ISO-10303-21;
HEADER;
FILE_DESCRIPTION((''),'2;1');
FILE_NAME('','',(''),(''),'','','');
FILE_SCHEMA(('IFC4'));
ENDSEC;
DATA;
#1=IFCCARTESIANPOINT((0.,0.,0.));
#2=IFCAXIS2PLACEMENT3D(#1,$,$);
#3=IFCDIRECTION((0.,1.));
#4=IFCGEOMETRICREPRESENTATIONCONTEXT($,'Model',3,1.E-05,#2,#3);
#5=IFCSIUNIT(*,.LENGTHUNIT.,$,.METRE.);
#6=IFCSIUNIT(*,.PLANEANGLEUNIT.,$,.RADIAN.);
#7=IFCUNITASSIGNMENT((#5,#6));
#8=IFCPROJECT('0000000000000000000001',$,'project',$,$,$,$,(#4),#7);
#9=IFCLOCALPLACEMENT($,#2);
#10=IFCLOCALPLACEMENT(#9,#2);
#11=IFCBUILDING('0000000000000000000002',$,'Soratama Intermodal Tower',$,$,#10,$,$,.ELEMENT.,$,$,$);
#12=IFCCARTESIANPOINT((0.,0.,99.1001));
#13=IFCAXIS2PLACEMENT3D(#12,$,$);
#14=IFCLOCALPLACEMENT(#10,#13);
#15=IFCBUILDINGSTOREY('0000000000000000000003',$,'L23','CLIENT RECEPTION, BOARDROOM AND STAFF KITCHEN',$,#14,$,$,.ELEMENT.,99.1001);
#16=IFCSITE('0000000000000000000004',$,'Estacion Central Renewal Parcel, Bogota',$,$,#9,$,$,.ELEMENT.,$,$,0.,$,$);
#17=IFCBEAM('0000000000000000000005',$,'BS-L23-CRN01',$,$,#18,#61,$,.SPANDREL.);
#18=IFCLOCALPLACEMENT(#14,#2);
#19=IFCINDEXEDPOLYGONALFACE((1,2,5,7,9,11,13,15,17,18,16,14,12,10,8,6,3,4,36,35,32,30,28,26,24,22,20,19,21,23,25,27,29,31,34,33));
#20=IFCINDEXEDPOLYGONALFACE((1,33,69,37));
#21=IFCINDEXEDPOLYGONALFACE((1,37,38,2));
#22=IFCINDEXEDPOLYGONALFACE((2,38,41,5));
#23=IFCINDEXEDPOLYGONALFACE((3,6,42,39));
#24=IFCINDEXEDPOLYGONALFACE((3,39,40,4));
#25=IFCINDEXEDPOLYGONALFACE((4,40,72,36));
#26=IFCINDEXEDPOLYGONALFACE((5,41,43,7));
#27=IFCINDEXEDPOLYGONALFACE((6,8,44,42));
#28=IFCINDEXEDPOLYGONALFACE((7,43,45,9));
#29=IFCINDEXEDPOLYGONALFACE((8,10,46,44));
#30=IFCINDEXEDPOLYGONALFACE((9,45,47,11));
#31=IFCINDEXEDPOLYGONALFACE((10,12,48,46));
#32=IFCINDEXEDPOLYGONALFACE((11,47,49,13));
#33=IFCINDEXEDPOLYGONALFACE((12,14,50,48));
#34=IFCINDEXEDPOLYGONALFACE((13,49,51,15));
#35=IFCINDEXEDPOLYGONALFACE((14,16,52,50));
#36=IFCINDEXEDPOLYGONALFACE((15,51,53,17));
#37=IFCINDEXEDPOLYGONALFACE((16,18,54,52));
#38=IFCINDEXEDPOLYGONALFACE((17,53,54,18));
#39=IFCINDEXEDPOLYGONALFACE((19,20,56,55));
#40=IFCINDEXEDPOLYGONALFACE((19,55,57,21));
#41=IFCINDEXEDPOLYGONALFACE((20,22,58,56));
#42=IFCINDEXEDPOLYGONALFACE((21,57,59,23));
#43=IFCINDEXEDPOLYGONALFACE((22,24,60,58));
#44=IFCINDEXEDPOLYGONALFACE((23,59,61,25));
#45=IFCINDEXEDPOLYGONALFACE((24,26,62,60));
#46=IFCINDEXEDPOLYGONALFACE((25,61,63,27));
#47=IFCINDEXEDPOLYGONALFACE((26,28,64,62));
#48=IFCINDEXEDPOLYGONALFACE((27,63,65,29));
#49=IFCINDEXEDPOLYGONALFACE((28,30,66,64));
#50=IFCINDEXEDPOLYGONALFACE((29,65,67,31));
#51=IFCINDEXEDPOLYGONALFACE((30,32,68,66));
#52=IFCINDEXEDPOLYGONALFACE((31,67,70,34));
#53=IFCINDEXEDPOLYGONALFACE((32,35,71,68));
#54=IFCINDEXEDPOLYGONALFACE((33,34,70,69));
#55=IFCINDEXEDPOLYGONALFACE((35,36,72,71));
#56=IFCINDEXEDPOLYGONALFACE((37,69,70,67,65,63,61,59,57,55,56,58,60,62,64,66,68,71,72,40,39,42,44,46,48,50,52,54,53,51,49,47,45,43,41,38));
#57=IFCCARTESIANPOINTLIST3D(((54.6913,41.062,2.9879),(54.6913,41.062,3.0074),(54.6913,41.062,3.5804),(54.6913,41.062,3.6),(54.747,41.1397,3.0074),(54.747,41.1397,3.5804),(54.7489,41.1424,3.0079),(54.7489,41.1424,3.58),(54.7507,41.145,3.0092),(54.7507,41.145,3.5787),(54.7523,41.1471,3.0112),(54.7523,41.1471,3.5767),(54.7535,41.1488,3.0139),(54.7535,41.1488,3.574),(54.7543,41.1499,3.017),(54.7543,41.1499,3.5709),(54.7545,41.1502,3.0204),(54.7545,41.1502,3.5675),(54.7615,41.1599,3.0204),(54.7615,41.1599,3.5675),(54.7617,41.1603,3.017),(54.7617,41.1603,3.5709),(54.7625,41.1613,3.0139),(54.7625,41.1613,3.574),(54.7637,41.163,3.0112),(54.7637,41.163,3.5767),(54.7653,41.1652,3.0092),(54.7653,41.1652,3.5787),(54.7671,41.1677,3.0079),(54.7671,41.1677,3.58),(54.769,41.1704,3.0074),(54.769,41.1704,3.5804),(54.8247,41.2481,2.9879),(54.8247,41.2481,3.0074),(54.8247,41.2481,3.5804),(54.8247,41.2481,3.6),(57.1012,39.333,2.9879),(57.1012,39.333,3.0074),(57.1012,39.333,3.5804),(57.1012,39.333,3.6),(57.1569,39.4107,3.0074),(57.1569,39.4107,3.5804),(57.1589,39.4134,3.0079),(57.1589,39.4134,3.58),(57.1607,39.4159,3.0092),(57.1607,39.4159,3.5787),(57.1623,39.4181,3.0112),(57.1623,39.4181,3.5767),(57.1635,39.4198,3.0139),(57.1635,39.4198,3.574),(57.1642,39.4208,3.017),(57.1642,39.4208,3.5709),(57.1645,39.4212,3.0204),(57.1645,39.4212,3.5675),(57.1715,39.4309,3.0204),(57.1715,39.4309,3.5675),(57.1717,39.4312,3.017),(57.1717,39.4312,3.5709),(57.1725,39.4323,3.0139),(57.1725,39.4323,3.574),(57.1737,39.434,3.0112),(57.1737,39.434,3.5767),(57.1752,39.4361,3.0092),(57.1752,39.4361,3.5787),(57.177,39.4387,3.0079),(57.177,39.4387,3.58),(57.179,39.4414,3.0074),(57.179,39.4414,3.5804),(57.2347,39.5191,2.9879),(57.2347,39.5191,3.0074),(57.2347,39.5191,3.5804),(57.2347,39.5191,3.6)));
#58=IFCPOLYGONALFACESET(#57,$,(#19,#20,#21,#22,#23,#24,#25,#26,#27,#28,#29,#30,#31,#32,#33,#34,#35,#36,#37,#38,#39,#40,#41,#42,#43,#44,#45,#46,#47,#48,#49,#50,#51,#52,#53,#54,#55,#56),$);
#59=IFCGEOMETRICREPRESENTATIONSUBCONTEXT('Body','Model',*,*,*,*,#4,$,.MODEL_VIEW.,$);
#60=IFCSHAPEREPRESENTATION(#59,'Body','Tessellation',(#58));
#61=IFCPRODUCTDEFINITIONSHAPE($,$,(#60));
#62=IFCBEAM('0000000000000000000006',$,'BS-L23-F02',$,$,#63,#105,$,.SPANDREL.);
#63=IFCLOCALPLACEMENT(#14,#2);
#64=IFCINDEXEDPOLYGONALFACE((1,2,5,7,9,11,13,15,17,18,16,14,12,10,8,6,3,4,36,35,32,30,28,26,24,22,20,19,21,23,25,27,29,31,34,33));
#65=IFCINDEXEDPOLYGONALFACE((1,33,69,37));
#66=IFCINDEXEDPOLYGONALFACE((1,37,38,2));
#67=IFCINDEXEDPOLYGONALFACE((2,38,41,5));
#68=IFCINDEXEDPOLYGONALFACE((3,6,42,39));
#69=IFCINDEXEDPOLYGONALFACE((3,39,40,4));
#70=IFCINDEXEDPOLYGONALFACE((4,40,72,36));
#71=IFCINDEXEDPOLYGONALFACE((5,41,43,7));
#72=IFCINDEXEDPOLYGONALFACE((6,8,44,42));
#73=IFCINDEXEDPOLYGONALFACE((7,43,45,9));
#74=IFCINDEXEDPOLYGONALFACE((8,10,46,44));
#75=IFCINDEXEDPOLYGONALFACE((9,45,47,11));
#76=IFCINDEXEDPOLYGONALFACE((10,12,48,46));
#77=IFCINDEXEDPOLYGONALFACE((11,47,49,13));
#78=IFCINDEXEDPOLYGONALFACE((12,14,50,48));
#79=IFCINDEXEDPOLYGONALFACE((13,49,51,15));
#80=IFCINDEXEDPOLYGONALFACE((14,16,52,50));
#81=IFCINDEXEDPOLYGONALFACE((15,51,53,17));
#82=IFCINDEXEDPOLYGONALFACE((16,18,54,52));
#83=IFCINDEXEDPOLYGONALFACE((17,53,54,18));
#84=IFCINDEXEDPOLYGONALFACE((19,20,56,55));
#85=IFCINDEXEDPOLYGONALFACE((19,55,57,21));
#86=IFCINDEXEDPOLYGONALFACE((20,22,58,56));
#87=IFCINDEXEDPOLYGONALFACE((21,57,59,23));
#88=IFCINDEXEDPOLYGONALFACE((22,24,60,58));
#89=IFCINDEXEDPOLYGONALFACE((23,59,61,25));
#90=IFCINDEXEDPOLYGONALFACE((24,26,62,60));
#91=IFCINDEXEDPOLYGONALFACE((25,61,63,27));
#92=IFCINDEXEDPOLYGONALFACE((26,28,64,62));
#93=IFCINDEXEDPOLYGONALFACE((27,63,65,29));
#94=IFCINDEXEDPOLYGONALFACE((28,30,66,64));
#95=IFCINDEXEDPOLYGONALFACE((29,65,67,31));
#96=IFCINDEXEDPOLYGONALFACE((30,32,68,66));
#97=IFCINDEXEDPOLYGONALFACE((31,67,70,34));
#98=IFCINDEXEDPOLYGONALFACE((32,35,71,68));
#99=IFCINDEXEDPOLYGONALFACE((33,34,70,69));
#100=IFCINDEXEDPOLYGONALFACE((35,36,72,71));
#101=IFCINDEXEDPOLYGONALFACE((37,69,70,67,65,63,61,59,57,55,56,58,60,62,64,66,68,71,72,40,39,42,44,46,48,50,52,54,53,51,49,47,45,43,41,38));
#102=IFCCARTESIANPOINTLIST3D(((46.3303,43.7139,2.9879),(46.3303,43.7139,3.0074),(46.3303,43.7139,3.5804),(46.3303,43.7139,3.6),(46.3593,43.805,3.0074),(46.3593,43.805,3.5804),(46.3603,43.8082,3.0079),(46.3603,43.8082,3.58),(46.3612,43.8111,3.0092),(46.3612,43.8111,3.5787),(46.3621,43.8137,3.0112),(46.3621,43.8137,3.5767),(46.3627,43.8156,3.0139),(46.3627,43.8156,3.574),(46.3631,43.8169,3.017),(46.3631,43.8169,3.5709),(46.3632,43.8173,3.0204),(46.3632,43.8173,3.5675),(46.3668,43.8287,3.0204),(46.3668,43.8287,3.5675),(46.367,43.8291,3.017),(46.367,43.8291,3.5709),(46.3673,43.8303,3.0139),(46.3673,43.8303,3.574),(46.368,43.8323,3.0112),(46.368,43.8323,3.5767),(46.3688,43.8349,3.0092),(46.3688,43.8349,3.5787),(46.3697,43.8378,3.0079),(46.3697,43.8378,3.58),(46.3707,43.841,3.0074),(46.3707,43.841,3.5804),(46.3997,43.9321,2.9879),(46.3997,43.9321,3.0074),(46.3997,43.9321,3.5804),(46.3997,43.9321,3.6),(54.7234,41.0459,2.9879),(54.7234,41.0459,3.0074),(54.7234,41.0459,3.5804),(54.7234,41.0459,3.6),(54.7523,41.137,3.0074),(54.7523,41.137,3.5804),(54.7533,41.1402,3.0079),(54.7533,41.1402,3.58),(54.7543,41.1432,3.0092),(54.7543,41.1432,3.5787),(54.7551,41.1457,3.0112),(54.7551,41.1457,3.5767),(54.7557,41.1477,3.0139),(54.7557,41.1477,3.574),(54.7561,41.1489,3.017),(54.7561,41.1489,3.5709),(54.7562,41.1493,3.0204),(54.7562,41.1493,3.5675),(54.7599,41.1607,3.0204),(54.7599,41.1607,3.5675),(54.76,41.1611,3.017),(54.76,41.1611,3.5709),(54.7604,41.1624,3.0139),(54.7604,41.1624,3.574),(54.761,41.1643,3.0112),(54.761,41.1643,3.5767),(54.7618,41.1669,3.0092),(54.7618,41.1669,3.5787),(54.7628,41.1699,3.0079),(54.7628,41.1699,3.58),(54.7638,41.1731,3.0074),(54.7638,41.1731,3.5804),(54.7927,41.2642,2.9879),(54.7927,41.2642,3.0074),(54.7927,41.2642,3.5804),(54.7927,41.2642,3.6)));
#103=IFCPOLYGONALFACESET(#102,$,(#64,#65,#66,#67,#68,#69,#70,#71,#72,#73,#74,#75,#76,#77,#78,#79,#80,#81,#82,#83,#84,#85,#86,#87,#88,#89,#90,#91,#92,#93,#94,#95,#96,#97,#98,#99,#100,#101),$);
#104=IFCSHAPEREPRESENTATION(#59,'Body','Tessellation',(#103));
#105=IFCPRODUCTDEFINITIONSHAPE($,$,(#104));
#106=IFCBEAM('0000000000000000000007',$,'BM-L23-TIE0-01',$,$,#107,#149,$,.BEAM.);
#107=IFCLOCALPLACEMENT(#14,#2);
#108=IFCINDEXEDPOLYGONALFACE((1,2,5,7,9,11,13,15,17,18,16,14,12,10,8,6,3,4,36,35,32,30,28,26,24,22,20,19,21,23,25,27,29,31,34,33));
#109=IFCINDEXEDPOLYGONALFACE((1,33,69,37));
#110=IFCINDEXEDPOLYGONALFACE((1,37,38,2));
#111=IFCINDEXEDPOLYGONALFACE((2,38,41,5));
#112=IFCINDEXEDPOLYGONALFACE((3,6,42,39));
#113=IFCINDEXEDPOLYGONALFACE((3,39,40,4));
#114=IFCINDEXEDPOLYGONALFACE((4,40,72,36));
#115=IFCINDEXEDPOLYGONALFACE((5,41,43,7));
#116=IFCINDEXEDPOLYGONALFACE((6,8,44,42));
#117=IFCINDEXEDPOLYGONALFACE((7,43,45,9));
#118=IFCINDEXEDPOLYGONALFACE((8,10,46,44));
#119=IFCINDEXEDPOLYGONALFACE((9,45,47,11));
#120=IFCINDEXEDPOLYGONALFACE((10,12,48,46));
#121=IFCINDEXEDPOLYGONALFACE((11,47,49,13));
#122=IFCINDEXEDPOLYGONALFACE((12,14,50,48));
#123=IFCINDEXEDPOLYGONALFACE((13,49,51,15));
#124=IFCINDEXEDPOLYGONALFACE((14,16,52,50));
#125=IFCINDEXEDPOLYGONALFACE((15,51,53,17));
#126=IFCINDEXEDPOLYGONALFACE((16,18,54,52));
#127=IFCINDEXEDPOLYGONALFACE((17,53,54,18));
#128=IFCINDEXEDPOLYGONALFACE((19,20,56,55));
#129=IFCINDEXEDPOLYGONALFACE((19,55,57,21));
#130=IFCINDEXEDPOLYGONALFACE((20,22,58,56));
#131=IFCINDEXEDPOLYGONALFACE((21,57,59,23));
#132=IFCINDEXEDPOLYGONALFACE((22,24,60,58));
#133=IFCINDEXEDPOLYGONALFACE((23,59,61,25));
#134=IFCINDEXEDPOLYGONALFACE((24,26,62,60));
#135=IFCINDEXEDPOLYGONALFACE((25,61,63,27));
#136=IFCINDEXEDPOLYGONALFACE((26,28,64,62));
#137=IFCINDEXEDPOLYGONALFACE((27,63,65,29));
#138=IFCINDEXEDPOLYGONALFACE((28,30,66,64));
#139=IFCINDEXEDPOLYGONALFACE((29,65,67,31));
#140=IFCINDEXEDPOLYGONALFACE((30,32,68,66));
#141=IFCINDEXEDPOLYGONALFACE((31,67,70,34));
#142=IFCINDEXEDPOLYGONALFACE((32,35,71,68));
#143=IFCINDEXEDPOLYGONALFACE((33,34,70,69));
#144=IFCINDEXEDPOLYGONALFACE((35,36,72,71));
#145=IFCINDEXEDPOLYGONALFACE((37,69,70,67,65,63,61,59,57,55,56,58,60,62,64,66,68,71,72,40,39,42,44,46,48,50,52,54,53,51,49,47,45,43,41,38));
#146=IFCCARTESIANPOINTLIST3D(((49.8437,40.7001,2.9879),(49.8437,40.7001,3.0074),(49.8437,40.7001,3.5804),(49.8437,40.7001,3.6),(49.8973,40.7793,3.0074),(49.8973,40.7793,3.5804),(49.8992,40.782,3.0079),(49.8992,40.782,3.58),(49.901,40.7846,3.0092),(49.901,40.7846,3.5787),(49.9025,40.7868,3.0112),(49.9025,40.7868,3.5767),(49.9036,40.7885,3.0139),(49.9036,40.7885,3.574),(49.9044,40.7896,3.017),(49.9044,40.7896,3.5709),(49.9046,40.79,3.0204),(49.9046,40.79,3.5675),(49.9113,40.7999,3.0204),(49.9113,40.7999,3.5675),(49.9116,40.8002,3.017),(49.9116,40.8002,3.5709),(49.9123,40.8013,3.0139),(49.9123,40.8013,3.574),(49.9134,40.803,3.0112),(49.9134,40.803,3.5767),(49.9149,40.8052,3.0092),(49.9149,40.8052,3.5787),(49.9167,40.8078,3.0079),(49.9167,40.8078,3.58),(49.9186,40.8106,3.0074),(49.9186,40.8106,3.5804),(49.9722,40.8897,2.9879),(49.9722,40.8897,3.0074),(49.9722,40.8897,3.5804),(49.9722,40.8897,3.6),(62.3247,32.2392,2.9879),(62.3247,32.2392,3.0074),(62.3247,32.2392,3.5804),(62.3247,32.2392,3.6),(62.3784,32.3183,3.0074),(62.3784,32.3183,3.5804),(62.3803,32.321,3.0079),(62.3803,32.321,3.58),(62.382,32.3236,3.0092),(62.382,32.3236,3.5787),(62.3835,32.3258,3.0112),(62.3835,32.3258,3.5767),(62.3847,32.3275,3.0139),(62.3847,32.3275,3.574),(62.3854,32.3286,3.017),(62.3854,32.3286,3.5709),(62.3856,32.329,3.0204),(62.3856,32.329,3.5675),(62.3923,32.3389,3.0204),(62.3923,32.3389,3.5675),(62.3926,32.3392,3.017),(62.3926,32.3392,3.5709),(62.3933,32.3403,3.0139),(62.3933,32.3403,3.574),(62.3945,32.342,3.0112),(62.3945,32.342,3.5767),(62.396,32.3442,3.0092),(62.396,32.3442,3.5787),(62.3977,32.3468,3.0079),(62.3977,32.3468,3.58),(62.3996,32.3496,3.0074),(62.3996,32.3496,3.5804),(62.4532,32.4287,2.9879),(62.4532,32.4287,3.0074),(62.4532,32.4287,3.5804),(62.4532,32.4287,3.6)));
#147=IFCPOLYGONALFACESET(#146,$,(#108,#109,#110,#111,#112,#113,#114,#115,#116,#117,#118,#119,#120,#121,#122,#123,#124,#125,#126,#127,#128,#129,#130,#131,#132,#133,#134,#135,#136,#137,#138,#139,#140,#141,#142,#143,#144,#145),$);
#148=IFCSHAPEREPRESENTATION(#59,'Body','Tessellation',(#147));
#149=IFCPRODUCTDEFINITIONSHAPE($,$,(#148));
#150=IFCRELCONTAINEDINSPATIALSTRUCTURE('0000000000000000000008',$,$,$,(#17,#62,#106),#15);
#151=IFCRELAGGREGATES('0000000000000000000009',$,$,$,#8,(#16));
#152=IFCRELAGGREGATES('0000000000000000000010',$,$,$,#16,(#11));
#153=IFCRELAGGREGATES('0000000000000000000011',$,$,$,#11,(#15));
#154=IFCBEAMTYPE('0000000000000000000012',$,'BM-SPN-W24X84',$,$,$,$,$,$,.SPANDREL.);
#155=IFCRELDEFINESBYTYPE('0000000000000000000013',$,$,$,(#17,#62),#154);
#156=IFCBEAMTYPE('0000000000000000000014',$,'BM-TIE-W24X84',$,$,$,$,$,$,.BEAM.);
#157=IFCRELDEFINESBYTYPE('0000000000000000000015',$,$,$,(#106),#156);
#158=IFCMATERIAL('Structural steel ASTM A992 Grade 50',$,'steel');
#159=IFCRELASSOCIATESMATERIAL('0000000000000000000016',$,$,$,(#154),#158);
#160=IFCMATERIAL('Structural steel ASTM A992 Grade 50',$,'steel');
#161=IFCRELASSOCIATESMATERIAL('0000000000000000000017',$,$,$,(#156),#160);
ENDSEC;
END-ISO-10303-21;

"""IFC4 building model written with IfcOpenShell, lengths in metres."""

from ifc_helpers import new_model, si_unit, direction, frame, origin, origin_2d, place, context, subcontext, project, spatial, i_section, extrude, material, material_profile, profile_set, type_object, element, save


model = new_model("IFC4")

# Units and contexts
model_context = context("Model", 3, precision=1e-05, world=origin(), true_north=direction((0.0, 1.0)))
body_context = subcontext(model_context, "Body", "Model", "MODEL_VIEW")
ifc_project = project(units=[si_unit("LENGTHUNIT", "METRE"), si_unit("PLANEANGLEUNIT", "RADIAN")], contexts=[model_context])

# Site, building, storey
site_placement = place(None, origin())
site = spatial("IfcSite", under=ifc_project, at=site_placement, Name="Estacion Central Renewal Parcel, Bogota", CompositionType="ELEMENT", RefElevation=0.0)
building_placement = place(site_placement, origin())
building = spatial("IfcBuilding", under=site, at=building_placement, Name="Soratama Intermodal Tower", CompositionType="ELEMENT")
storey_placement = place(building_placement, frame((0.0, 0.0, 99.1001)))
storey = spatial("IfcBuildingStorey", under=building, at=storey_placement, Name="L23", Description="CLIENT RECEPTION, BOARDROOM AND STAFF KITCHEN", CompositionType="ELEMENT", Elevation=99.1001)

# Beams
ifc_material_1 = material(Name="Structural steel ASTM A992 Grade 50", Category="steel")
ifc_material_profile_1 = material_profile(ifc_material_1, i_section(OverallWidth=0.229, OverallDepth=0.6121, WebThickness=0.012, FlangeThickness=0.0195, FilletRadius=0.0129, at=origin_2d()), Name="W24X84")
ifc_profile_set_1 = profile_set([ifc_material_profile_1], Name="Structural steel ASTM A992 Grade 50")
beam_type_1 = type_object("IfcBeamType", Name="BM-SPN-W24X84", PredefinedType="SPANDREL", material=ifc_profile_set_1)
beam_1_placement = place(storey_placement, frame((57.168, 39.426, 3.2939), z_axis=(-0.812514, 0.582942, 0.0), x_axis=(-0.582942, -0.812514, 0.0)))
element("IfcBeam", 1, at=beam_1_placement, inside=storey, type_object=beam_type_1, Name="BS-L23-CRN01", PredefinedType="SPANDREL", context=body_context, shape_type="SweptSolid", body=[
    extrude(i_section(OverallWidth=0.229, OverallDepth=0.6121, WebThickness=0.012, FlangeThickness=0.0195, FilletRadius=0.0129, at=origin_2d()), origin(), (0.0, 0.0, 1.0), 2.9661),
])
beam_2_placement = place(storey_placement, frame((54.7581, 41.155, 3.2939), z_axis=(-0.953009, 0.30294, 0.0), x_axis=(-0.30294, -0.953009, 0.0)))
element("IfcBeam", 2, at=beam_2_placement, inside=storey, type_object=beam_type_1, Name="BS-L23-F02", PredefinedType="SPANDREL", context=body_context, shape_type="SweptSolid", body=[
    extrude(i_section(OverallWidth=0.229, OverallDepth=0.6121, WebThickness=0.012, FlangeThickness=0.0195, FilletRadius=0.0129, at=origin_2d()), origin(), (0.0, 0.0, 1.0), 8.8069),
])
ifc_material_2 = material(Name="Structural steel ASTM A992 Grade 50", Category="steel")
ifc_material_profile_2 = material_profile(ifc_material_2, i_section(OverallWidth=0.229, OverallDepth=0.6121, WebThickness=0.012, FlangeThickness=0.0195, FilletRadius=0.0129, at=origin_2d()), Name="W24X84")
ifc_profile_set_2 = profile_set([ifc_material_profile_2], Name="Structural steel ASTM A992 Grade 50")
beam_type_2 = type_object("IfcBeamType", Name="BM-TIE-W24X84", PredefinedType="BEAM", material=ifc_profile_set_2)
beam_3_placement = place(storey_placement, frame((49.908, 40.7949, 3.2939), z_axis=(0.827731, -0.561125, 0.0), x_axis=(0.561125, 0.827731, 0.0)))
element("IfcBeam", 3, at=beam_3_placement, inside=storey, type_object=beam_type_2, Name="BM-L23-TIE0-01", PredefinedType="BEAM", context=body_context, shape_type="SweptSolid", body=[
    extrude(i_section(OverallWidth=0.229, OverallDepth=0.6121, WebThickness=0.012, FlangeThickness=0.0195, FilletRadius=0.0129, at=origin_2d()), origin(), (0.0, 0.0, 1.0), 15.0786),
])

save(model, "model.ifc")
